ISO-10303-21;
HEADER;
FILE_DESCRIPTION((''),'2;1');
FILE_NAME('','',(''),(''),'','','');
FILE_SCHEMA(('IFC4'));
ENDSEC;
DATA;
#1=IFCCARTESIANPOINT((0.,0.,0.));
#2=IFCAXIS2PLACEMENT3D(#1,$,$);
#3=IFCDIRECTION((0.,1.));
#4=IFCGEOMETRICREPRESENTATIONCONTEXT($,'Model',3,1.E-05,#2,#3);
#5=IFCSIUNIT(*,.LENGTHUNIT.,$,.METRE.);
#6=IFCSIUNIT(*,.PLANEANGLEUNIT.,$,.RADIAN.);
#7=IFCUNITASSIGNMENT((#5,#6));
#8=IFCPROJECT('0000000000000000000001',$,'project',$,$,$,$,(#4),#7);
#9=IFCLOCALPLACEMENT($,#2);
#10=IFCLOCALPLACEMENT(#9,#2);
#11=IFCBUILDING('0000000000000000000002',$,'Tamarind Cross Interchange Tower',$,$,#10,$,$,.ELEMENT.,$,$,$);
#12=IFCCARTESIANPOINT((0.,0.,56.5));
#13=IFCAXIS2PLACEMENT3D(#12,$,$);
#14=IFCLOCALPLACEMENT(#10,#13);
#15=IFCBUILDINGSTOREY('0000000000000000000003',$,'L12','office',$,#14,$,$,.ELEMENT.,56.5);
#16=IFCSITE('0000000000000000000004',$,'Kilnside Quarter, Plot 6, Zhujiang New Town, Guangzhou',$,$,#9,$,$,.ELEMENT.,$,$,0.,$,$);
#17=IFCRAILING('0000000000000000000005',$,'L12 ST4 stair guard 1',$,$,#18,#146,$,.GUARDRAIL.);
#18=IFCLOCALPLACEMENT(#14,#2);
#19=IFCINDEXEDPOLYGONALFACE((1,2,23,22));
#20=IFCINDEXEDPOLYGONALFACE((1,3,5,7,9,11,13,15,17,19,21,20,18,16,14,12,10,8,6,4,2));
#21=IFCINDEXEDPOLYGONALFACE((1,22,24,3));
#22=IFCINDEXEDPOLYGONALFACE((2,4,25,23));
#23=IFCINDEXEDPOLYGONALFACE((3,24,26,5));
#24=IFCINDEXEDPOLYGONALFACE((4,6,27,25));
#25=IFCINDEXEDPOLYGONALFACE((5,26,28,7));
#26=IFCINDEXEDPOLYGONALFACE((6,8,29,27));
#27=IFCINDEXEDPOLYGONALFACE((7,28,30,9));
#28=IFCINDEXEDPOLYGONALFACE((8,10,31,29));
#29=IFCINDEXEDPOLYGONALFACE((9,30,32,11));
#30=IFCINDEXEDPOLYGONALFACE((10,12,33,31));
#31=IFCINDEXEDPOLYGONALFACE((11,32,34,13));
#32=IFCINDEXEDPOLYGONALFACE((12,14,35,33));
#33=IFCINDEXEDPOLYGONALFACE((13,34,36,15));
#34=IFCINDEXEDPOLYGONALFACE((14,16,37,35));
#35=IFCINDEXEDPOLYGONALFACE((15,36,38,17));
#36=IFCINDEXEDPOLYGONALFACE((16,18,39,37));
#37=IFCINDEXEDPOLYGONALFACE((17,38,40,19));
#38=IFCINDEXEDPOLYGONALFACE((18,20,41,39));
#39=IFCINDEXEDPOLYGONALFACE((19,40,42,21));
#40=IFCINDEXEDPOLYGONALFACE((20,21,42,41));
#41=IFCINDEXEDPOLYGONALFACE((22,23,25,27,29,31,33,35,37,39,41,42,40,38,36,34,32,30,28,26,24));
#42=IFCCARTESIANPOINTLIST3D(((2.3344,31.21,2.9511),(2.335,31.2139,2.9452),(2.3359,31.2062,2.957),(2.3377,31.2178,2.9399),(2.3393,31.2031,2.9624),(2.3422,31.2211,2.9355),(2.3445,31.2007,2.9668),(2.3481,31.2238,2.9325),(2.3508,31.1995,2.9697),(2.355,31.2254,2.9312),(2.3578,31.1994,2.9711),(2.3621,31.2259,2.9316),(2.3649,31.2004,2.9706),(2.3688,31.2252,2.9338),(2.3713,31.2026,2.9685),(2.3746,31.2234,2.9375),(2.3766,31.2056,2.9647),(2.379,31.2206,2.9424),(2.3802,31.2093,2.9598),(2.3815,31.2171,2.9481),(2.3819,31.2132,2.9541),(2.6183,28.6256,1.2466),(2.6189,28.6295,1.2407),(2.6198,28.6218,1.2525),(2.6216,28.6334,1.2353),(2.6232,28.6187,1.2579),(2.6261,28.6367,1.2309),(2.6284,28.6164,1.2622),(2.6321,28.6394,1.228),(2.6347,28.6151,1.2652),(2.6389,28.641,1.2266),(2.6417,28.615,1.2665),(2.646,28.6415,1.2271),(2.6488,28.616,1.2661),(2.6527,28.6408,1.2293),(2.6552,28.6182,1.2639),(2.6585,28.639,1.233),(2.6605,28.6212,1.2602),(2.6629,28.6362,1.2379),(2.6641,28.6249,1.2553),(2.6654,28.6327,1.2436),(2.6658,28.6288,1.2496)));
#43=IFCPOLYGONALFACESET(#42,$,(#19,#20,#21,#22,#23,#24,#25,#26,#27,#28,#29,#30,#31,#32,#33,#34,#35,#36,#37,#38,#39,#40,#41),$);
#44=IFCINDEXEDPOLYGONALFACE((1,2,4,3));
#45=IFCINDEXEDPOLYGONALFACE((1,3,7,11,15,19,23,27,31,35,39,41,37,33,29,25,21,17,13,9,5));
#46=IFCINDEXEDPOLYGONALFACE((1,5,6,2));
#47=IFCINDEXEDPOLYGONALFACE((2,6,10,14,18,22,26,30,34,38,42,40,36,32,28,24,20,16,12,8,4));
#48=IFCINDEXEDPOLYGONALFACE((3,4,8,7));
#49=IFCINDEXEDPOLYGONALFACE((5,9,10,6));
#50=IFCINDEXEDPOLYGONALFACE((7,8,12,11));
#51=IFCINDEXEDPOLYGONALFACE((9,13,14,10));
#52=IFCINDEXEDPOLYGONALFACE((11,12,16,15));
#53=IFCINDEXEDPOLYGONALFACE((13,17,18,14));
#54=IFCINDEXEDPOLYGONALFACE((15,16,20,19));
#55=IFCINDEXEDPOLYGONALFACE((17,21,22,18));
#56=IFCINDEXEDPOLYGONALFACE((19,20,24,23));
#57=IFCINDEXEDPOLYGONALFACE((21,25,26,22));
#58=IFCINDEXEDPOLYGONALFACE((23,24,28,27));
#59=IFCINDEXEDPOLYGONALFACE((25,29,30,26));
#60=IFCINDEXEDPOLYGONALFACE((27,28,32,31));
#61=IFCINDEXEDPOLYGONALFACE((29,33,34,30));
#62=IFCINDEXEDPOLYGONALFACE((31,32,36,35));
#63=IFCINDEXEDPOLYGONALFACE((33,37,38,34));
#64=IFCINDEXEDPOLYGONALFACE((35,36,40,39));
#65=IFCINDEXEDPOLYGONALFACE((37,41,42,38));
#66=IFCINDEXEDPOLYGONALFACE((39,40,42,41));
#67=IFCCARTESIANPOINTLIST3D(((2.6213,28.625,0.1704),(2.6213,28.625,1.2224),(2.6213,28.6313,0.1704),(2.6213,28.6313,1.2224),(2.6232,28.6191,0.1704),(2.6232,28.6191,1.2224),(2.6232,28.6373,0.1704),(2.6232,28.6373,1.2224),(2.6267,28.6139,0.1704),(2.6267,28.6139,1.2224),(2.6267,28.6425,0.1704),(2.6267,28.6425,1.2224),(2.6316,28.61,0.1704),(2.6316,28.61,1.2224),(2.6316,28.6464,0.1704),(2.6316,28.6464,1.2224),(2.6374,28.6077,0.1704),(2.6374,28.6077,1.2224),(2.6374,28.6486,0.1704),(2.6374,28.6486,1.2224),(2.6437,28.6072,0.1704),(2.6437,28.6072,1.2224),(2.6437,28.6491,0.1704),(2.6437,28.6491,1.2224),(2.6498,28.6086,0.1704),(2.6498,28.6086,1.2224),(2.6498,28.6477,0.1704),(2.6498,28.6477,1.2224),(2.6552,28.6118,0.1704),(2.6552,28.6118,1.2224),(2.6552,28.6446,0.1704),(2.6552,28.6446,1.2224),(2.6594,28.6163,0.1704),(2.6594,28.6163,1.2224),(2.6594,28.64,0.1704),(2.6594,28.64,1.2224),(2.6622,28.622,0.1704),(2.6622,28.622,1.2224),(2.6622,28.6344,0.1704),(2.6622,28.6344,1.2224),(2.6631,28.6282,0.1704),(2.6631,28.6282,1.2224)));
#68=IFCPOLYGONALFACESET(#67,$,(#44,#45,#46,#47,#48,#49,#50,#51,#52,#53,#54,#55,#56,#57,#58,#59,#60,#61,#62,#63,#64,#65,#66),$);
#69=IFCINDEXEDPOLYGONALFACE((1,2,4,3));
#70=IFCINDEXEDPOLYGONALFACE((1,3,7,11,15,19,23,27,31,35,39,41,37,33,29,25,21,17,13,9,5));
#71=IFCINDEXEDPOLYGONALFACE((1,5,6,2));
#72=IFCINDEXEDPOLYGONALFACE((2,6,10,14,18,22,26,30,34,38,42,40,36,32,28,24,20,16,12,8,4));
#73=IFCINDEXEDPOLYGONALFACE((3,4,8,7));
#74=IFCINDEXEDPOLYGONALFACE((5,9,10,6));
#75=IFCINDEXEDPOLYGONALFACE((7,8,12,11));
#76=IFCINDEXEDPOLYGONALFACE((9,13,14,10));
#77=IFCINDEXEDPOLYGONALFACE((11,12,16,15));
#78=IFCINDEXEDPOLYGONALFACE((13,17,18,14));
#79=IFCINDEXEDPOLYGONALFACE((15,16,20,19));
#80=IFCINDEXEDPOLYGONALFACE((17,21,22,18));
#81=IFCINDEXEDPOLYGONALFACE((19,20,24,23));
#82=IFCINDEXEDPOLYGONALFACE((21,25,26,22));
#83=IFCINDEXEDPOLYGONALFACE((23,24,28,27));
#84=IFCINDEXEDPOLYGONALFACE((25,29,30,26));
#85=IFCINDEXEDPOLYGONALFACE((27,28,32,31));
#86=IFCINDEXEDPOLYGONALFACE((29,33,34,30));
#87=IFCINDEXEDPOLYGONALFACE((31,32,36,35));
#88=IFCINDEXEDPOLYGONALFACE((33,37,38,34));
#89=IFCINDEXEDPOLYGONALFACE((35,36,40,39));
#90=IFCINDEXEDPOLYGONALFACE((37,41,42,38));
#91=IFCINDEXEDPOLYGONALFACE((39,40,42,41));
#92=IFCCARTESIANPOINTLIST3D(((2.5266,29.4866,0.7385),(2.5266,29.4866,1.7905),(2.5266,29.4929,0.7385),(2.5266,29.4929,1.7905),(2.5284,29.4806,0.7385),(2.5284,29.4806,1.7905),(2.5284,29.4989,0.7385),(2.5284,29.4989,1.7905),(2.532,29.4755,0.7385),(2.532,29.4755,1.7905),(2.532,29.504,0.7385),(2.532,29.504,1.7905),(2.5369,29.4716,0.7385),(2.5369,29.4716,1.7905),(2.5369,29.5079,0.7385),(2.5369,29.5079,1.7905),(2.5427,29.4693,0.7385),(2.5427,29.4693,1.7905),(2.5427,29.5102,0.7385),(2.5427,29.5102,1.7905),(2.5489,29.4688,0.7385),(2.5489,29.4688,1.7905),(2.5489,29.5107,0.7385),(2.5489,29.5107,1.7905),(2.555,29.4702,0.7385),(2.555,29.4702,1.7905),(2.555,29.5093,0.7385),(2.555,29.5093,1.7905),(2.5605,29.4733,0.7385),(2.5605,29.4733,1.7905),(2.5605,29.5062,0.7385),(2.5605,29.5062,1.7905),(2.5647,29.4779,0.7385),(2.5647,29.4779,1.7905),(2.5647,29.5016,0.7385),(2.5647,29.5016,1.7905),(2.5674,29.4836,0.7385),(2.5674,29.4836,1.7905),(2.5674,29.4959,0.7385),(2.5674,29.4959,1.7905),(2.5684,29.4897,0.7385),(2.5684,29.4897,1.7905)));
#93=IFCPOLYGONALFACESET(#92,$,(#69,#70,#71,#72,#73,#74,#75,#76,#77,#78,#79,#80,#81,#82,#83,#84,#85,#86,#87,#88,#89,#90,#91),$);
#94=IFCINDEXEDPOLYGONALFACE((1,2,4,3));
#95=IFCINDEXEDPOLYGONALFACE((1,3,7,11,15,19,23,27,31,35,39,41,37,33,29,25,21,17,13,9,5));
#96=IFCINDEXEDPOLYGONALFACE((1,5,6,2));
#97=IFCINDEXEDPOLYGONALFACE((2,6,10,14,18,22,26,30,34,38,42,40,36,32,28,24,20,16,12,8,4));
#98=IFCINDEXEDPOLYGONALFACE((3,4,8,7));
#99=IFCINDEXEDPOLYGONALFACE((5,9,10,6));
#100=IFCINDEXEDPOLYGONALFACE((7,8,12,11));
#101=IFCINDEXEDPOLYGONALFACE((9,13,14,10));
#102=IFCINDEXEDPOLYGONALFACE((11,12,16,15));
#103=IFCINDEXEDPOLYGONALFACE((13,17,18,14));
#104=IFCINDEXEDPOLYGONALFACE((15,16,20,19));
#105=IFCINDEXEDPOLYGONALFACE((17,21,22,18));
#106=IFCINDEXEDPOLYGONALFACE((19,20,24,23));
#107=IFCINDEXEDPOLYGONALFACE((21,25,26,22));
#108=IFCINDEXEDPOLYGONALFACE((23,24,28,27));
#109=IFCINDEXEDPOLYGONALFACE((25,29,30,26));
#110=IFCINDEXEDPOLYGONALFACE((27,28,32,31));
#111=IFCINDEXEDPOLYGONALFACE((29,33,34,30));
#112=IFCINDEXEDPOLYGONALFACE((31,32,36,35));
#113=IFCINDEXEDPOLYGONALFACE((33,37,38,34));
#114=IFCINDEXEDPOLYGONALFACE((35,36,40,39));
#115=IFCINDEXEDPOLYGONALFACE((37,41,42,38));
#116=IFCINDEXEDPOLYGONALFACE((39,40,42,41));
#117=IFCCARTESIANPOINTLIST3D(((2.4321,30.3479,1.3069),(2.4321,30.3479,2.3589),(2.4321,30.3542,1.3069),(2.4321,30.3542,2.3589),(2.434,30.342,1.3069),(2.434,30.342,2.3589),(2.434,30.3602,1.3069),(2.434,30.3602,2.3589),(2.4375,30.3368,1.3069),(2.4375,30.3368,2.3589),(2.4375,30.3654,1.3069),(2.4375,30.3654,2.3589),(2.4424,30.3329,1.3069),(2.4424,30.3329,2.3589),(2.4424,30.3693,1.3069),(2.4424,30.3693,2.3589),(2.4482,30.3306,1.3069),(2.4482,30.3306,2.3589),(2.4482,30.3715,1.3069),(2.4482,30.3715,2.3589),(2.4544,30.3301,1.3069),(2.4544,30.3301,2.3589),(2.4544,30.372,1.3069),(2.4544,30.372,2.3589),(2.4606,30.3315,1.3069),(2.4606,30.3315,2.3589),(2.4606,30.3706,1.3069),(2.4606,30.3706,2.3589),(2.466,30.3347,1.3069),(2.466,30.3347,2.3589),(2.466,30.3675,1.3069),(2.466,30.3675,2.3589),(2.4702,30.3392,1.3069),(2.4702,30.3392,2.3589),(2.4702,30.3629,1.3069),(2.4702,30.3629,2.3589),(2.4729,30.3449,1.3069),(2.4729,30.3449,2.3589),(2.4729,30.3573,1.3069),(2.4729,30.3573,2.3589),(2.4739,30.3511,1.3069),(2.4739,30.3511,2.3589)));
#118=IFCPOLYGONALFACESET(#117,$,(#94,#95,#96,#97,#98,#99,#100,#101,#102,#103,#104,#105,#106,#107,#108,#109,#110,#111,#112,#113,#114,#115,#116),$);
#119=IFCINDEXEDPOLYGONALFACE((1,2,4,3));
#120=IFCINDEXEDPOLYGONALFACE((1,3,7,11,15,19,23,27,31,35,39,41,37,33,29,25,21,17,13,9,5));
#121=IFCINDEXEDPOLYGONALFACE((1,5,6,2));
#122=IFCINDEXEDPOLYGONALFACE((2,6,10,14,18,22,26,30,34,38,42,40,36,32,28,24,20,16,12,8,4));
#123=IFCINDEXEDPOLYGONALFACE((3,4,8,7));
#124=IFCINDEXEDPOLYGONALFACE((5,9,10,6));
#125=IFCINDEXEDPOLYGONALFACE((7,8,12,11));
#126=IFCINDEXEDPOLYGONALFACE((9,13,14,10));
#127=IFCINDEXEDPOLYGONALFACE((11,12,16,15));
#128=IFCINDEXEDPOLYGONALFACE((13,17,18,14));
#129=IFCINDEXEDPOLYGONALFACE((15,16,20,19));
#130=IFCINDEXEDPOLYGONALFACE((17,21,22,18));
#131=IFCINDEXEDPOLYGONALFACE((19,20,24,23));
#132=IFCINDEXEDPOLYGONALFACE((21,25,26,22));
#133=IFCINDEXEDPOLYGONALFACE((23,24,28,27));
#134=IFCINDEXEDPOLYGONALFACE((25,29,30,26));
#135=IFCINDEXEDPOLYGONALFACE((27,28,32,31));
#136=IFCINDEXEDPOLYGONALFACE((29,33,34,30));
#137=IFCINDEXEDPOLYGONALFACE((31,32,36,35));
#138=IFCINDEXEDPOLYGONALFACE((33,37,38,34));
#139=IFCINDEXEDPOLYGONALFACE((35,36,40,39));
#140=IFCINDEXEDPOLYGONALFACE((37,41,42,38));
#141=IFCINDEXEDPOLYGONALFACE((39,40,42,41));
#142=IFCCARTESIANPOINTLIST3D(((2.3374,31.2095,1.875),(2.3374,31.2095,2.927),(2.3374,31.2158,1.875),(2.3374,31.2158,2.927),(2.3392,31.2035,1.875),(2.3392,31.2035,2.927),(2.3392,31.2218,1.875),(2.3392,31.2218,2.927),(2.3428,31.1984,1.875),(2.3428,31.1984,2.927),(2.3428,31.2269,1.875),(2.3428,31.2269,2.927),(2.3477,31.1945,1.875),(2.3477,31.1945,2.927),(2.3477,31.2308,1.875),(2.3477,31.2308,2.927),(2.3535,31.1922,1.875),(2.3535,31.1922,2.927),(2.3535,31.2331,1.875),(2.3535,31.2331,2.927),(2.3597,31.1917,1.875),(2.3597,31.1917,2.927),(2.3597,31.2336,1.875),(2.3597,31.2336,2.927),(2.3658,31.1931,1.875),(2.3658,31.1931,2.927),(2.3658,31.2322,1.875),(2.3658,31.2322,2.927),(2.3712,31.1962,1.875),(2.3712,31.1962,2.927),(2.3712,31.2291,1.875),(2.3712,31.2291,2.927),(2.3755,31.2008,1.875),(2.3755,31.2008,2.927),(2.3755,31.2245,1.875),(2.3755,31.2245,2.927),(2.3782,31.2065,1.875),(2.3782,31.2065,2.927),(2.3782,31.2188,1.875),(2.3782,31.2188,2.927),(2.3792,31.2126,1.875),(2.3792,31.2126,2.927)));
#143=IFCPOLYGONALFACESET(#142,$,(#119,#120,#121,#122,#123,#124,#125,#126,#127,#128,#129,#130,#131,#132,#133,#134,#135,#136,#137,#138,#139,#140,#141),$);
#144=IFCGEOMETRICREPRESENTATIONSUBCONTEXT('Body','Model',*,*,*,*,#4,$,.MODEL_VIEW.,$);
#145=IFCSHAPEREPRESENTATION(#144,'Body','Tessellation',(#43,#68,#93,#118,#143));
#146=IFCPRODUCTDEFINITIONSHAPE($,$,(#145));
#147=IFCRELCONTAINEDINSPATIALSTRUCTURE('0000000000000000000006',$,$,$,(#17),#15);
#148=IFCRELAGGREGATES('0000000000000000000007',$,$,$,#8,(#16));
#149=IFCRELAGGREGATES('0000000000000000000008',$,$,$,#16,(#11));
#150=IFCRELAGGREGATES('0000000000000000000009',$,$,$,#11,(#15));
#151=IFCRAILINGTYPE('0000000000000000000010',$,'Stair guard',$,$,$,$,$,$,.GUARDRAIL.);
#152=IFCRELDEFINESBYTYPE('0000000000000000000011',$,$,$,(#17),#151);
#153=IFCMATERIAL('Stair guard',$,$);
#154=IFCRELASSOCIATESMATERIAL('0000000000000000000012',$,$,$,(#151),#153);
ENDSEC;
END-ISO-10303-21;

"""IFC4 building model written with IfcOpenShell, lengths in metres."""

from ifc_helpers import new_model, si_unit, direction, frame, origin, origin_2d, place, context, subcontext, project, spatial, circle, extrude, material, type_object, element, save


model = new_model("IFC4")

# Units and contexts
model_context = context("Model", 3, precision=1e-05, world=origin(), true_north=direction((0.0, 1.0)))
body_context = subcontext(model_context, "Body", "Model", "MODEL_VIEW")
ifc_project = project(units=[si_unit("LENGTHUNIT", "METRE"), si_unit("PLANEANGLEUNIT", "RADIAN")], contexts=[model_context])

# Site, building, storey
site_placement = place(None, origin())
site = spatial("IfcSite", under=ifc_project, at=site_placement, Name="Kilnside Quarter, Plot 6, Zhujiang New Town, Guangzhou", CompositionType="ELEMENT", RefElevation=0.0)
building_placement = place(site_placement, origin())
building = spatial("IfcBuilding", under=site, at=building_placement, Name="Tamarind Cross Interchange Tower", CompositionType="ELEMENT")
storey_placement = place(building_placement, frame((0.0, 0.0, 56.5)))
storey = spatial("IfcBuildingStorey", under=building, at=storey_placement, Name="L12", Description="office", CompositionType="ELEMENT", Elevation=56.5)

# Railing
ifc_material_1 = material(Name="Stair guard")
railing_type_1 = type_object("IfcRailingType", Name="Stair guard", PredefinedType="GUARDRAIL", material=ifc_material_1)
railing_1_placement = place(storey_placement, frame((2.6421, 28.6282, 0.1704)))
element("IfcRailing", 1, at=railing_1_placement, inside=storey, type_object=railing_type_1, Name="L12 ST4 stair guard 1", PredefinedType="GUARDRAIL", context=body_context, shape_type="SweptSolid", body=[
    extrude(circle(Radius=0.0239, at=origin_2d()), frame((0.0, 0.0, 1.0762), z_axis=(-0.091328, 0.831293, 0.54828), x_axis=(-0.994019, -0.109205, 0.0)), (0.0, 0.0, 1.0), 3.1089),
    extrude(circle(Radius=0.021, at=origin_2d()), origin(), (0.0, 0.0, 1.0), 1.052),
    extrude(circle(Radius=0.021, at=origin_2d()), frame((-0.0947, 0.8616, 0.5681)), (0.0, 0.0, 1.0), 1.052),
    extrude(circle(Radius=0.021, at=origin_2d()), frame((-0.1892, 1.7229, 1.1365)), (0.0, 0.0, 1.0), 1.052),
    extrude(circle(Radius=0.021, at=origin_2d()), frame((-0.2839, 2.5845, 1.7046)), (0.0, 0.0, 1.0), 1.052),
])

save(model, "model.ifc")
